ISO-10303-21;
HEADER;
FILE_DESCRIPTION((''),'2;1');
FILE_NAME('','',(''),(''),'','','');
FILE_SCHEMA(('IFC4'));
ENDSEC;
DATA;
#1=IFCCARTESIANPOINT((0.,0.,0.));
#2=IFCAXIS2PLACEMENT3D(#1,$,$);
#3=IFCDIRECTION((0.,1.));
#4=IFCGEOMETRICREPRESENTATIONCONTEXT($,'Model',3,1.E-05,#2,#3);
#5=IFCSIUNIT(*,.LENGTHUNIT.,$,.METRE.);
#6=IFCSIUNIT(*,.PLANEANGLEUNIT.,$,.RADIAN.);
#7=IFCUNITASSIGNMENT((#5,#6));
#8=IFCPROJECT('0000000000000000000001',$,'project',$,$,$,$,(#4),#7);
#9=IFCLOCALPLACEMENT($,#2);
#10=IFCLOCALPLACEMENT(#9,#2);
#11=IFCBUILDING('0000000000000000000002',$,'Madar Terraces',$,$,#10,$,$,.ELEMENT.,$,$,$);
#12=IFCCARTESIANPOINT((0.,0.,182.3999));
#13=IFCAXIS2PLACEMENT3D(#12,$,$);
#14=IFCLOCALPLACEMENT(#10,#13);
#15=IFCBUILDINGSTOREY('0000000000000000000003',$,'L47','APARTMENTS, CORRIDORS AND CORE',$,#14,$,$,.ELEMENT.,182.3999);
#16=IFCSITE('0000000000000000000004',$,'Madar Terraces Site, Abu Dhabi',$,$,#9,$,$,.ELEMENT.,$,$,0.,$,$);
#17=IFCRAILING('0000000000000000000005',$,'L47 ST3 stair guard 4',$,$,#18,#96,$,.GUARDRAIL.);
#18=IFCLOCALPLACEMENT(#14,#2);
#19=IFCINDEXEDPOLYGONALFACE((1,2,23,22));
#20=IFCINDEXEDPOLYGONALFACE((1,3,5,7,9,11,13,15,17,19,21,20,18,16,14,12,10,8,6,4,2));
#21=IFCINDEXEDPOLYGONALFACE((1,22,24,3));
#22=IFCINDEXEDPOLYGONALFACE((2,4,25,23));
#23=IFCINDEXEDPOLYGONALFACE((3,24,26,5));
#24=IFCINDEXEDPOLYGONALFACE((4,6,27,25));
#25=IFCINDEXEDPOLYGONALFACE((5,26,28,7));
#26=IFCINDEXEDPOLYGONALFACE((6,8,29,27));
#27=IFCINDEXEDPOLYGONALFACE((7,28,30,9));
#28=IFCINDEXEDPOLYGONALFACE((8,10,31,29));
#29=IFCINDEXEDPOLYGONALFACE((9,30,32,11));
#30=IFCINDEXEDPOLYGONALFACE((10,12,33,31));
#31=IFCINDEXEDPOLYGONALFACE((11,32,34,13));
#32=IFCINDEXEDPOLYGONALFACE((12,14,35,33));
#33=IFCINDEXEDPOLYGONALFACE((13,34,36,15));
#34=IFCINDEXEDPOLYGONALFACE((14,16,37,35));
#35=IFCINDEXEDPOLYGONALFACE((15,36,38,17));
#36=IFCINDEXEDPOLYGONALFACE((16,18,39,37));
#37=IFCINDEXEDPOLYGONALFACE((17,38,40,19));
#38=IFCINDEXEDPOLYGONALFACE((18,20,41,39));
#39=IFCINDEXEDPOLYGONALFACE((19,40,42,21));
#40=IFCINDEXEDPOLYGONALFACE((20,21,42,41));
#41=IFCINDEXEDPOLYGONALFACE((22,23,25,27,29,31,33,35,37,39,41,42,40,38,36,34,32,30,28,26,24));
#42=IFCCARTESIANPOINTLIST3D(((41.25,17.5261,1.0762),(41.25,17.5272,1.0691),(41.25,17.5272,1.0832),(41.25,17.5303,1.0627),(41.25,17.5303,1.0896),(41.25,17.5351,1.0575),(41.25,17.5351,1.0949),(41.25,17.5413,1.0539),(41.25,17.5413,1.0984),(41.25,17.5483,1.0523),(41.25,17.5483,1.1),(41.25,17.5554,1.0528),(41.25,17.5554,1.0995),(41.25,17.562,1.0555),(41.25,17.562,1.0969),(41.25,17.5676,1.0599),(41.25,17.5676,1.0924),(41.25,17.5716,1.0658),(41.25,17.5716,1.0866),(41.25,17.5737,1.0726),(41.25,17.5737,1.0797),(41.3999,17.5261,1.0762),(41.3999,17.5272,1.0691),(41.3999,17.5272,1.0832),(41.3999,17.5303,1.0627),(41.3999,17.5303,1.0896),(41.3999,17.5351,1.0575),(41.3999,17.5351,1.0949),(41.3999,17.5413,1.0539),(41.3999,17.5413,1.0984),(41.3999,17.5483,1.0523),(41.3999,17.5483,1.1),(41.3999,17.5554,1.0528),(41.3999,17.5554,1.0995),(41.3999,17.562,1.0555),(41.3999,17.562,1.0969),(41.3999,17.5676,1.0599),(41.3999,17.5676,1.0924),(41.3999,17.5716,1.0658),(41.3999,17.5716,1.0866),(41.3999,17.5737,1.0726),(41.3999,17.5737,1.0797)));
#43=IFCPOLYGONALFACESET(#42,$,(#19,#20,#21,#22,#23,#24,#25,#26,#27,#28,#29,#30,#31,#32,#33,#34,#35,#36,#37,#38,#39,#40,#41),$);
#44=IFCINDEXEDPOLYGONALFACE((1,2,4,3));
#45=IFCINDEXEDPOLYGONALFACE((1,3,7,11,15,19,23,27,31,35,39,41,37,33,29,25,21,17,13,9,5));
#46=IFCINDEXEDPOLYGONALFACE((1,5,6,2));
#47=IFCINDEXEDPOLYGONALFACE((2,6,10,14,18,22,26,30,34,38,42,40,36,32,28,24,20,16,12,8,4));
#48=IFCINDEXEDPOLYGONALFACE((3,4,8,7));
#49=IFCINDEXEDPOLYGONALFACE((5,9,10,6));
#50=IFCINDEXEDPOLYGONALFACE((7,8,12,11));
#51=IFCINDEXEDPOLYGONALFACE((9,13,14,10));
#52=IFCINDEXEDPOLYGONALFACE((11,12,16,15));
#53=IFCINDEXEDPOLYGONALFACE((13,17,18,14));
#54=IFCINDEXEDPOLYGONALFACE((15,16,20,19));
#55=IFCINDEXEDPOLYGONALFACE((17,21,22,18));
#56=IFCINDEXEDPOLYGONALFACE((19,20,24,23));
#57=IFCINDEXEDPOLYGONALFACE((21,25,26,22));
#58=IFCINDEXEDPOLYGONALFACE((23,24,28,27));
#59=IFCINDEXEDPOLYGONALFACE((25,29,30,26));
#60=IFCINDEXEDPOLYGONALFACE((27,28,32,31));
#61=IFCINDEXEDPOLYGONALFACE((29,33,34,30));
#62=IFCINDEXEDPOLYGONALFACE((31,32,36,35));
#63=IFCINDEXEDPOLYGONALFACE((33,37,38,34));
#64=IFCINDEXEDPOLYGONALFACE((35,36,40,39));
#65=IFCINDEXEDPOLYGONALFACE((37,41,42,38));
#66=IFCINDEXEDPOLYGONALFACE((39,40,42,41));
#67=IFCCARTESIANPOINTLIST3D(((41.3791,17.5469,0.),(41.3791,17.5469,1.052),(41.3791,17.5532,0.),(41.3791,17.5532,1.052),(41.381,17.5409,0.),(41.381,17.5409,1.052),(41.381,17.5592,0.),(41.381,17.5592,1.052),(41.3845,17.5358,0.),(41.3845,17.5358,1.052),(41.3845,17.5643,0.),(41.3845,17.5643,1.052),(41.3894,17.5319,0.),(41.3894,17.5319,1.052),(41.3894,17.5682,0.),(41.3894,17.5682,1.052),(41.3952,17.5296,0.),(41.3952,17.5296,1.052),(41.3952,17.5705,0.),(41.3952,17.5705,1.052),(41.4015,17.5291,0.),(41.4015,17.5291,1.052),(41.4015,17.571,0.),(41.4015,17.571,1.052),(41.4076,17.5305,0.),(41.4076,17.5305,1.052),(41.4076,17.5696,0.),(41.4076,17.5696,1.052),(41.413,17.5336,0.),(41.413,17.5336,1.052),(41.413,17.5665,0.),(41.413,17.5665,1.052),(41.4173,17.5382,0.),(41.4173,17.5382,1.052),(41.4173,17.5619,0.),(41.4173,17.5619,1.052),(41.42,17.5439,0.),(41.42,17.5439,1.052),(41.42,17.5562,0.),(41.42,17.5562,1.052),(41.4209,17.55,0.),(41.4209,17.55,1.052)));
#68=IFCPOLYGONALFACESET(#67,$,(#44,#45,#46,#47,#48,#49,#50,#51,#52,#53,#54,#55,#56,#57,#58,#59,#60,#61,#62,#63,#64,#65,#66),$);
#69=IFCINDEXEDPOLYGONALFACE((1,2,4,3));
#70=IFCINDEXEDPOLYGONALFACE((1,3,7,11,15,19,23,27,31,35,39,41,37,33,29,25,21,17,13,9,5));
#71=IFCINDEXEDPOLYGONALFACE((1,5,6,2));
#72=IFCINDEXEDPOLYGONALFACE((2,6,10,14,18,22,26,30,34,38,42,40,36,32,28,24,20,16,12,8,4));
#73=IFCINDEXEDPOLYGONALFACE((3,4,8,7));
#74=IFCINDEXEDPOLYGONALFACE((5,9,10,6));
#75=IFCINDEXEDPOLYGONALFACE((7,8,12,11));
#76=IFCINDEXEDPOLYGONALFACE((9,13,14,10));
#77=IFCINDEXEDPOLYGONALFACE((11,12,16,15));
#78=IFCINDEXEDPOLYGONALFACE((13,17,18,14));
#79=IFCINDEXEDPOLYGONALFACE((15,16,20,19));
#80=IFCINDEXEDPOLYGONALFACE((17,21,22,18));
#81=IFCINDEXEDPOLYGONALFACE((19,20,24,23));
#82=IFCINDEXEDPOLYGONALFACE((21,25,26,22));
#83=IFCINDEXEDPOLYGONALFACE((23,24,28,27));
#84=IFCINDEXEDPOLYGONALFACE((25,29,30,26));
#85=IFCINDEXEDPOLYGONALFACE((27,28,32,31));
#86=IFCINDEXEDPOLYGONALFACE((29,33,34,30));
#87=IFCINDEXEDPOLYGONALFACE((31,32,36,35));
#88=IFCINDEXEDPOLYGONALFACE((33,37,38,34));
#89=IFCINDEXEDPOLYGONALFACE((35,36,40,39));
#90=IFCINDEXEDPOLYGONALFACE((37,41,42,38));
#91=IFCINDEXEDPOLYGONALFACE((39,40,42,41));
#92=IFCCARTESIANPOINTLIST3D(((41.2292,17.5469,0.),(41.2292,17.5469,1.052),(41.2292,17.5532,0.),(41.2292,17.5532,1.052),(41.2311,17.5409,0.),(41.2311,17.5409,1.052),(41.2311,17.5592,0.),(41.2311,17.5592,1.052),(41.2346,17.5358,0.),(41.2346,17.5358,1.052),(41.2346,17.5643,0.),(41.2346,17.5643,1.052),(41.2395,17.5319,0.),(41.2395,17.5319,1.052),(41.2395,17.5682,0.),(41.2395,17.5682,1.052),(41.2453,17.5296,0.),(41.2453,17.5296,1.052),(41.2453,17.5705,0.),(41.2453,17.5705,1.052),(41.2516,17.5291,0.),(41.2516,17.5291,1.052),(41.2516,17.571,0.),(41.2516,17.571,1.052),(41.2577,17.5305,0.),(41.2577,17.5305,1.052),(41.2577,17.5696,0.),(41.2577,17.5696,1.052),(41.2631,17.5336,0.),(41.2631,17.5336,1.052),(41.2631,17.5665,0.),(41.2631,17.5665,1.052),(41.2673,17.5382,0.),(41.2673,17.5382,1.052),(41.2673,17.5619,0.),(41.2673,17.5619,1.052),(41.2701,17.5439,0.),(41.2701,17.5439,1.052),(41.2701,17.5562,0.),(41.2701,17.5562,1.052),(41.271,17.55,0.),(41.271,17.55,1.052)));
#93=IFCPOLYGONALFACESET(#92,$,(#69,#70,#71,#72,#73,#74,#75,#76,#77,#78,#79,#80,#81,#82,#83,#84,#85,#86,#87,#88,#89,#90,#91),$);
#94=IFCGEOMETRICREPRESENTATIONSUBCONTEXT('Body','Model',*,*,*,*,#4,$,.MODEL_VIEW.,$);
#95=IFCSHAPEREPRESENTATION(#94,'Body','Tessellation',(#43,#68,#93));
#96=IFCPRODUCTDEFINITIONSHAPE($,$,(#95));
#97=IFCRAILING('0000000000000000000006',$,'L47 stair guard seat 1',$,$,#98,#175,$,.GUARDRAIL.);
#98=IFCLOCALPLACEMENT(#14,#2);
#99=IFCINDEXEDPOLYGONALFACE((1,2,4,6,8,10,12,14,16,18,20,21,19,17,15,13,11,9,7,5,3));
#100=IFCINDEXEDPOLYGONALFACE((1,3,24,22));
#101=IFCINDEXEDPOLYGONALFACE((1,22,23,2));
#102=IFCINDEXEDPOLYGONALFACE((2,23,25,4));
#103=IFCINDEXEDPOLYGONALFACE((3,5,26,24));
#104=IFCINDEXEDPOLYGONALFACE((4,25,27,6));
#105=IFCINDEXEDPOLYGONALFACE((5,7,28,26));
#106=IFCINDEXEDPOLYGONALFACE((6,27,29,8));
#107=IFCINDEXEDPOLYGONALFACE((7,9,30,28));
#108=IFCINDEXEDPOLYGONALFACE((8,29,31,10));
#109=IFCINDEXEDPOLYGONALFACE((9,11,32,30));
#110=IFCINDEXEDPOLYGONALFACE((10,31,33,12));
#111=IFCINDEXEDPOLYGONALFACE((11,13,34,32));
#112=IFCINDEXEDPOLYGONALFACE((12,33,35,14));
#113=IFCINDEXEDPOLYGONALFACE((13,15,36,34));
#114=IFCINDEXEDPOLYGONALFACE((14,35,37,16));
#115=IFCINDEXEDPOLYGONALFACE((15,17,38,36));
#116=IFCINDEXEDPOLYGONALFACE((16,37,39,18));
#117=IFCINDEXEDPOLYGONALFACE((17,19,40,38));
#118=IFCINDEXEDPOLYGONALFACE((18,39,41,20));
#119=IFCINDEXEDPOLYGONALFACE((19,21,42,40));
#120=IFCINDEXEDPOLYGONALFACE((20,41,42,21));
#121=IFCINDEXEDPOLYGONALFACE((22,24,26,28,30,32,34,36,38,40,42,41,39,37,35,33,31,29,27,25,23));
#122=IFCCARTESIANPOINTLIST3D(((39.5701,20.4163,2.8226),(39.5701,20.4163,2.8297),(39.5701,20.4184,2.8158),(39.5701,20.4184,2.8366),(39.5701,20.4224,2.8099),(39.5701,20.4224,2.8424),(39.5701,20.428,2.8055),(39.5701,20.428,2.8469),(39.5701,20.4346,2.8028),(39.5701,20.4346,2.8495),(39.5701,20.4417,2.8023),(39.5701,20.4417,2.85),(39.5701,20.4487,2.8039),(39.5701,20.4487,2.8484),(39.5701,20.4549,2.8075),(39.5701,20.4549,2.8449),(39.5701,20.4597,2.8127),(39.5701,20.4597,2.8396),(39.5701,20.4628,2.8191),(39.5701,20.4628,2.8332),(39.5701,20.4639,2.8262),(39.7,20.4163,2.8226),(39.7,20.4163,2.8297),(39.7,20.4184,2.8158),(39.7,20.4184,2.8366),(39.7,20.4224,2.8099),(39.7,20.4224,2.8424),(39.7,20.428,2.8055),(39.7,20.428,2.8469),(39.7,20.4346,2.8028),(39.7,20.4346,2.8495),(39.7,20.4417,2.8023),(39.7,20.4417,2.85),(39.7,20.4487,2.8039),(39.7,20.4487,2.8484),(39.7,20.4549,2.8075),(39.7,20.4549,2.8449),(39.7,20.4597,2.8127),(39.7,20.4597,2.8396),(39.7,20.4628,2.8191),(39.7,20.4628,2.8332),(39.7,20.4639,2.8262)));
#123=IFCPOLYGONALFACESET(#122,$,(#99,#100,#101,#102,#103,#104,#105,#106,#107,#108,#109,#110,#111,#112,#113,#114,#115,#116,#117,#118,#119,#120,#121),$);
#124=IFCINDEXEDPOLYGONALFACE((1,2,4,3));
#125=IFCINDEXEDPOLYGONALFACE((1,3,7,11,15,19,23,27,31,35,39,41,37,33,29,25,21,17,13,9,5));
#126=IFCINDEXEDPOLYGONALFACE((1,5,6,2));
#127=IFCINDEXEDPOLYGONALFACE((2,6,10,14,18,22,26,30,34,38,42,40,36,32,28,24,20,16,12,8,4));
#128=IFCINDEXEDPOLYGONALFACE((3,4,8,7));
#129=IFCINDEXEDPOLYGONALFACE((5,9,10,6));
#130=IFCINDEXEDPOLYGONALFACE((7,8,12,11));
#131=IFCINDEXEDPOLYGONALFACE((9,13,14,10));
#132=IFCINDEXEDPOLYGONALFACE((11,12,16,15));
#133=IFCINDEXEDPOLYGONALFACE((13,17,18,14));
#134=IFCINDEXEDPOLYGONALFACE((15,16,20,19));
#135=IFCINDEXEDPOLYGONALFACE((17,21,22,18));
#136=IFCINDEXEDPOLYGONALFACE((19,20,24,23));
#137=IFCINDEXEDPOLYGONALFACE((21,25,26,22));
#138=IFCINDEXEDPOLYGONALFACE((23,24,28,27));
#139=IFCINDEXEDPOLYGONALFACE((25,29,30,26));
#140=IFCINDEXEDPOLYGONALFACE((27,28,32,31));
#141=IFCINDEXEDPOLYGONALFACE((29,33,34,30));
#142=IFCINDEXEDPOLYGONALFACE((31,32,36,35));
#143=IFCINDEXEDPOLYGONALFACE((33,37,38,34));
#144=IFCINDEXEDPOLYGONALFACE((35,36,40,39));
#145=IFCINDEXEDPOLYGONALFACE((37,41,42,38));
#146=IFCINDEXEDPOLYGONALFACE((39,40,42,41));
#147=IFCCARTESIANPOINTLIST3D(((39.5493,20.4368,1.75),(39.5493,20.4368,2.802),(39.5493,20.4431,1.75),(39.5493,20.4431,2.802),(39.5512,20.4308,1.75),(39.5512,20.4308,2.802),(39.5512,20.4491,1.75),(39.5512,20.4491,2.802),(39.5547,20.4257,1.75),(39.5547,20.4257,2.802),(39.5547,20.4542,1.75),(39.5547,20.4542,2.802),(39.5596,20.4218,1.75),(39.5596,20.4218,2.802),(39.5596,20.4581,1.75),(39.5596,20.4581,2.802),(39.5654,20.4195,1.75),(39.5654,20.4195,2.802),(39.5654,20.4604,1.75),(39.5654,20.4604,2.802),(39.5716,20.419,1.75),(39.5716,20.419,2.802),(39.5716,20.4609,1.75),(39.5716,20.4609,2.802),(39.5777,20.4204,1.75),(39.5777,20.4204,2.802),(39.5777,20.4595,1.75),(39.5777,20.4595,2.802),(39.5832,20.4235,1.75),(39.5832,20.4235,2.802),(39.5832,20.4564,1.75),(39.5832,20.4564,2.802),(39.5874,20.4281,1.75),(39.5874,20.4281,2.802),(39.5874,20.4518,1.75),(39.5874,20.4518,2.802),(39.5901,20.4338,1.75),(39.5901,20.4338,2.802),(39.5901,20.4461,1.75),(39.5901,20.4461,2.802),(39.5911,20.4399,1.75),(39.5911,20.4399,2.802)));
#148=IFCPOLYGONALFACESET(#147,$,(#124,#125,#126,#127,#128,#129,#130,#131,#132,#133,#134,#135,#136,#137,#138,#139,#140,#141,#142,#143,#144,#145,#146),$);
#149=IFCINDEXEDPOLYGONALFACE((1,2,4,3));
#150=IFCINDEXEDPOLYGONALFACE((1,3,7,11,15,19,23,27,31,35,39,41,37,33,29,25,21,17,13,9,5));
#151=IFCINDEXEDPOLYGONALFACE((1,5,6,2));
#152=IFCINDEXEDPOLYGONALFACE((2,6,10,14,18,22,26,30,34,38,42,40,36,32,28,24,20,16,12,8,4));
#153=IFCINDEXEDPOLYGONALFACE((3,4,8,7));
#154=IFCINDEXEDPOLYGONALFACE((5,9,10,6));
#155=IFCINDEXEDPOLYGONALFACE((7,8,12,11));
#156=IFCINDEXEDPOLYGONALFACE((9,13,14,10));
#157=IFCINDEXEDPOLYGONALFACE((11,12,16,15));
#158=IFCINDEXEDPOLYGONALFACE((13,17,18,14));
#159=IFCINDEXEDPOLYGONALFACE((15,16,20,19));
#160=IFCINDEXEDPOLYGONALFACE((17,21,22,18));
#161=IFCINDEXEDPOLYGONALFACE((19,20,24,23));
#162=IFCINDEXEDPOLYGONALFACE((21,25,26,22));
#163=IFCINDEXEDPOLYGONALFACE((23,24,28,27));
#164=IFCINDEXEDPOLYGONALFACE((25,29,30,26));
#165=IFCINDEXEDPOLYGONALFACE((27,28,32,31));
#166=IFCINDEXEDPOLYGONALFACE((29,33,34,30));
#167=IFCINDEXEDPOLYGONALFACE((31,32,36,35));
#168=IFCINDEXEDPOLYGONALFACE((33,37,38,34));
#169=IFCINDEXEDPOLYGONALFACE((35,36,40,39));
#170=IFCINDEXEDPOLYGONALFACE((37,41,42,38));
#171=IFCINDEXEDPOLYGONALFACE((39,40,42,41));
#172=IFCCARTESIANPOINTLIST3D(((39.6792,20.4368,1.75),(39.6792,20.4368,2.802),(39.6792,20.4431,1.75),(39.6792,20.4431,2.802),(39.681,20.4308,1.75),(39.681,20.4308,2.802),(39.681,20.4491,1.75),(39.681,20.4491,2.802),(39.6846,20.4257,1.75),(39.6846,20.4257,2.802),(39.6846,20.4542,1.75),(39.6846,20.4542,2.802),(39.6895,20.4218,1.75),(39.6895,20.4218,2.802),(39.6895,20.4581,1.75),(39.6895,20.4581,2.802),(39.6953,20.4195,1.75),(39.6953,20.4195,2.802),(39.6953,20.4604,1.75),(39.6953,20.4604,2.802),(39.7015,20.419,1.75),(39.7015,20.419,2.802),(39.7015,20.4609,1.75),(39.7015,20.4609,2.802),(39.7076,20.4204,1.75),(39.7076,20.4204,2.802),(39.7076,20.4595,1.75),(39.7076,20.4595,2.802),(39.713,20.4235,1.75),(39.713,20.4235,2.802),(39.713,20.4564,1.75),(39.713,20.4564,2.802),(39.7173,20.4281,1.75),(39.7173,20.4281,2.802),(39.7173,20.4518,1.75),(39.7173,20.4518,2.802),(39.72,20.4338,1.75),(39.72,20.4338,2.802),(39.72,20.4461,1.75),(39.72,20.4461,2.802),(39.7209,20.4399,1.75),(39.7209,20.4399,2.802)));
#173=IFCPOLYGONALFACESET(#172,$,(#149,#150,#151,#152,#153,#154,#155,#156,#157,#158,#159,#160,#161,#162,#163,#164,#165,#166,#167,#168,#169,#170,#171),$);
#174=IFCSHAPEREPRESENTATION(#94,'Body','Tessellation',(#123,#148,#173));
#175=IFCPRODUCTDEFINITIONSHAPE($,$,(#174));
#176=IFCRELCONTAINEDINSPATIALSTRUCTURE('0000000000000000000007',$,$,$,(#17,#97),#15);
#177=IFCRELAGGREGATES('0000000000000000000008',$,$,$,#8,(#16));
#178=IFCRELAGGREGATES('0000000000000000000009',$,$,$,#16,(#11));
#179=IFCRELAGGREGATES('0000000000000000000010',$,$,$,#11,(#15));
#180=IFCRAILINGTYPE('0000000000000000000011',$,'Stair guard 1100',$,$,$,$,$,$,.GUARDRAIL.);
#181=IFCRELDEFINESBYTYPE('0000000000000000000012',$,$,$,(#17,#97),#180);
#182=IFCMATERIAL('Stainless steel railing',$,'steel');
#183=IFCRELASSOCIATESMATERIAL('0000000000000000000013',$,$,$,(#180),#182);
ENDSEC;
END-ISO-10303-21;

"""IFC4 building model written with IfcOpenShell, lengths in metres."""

from ifc_helpers import new_model, si_unit, direction, frame, origin, origin_2d, place, context, subcontext, project, spatial, circle, extrude, material, type_object, element, save


model = new_model("IFC4")

# Units and contexts
model_context = context("Model", 3, precision=1e-05, world=origin(), true_north=direction((0.0, 1.0)))
body_context = subcontext(model_context, "Body", "Model", "MODEL_VIEW")
ifc_project = project(units=[si_unit("LENGTHUNIT", "METRE"), si_unit("PLANEANGLEUNIT", "RADIAN")], contexts=[model_context])

# Site, building, storey
site_placement = place(None, origin())
site = spatial("IfcSite", under=ifc_project, at=site_placement, Name="Madar Terraces Site, Abu Dhabi", CompositionType="ELEMENT", RefElevation=0.0)
building_placement = place(site_placement, origin())
building = spatial("IfcBuilding", under=site, at=building_placement, Name="Madar Terraces", CompositionType="ELEMENT")
storey_placement = place(building_placement, frame((0.0, 0.0, 182.3999)))
storey = spatial("IfcBuildingStorey", under=building, at=storey_placement, Name="L47", Description="APARTMENTS, CORRIDORS AND CORE", CompositionType="ELEMENT", Elevation=182.3999)

# Railings
ifc_material_1 = material(Name="Stainless steel railing", Category="steel")
railing_type_1 = type_object("IfcRailingType", Name="Stair guard 1100", PredefinedType="GUARDRAIL", material=ifc_material_1)
railing_1_placement = place(storey_placement, frame((41.3999, 17.55, 0.0)))
element("IfcRailing", 1, at=railing_1_placement, inside=storey, type_object=railing_type_1, Name="L47 ST3 stair guard 4", PredefinedType="GUARDRAIL", context=body_context, shape_type="SweptSolid", body=[
    extrude(circle(Radius=0.0239, at=origin_2d()), frame((0.0, 0.0, 1.0762), z_axis=(-1.0, 0.0, 0.0), x_axis=(0.0, -1.0, 0.0)), (0.0, 0.0, 1.0), 0.1499),
    extrude(circle(Radius=0.021, at=origin_2d()), origin(), (0.0, 0.0, 1.0), 1.052),
    extrude(circle(Radius=0.021, at=origin_2d()), frame((-0.1499, 0.0, 0.0)), (0.0, 0.0, 1.0), 1.052),
])
railing_2_placement = place(storey_placement, frame((39.5701, 20.4399, 1.75)))
element("IfcRailing", 2, at=railing_2_placement, inside=storey, type_object=railing_type_1, Name="L47 stair guard seat 1", PredefinedType="GUARDRAIL", context=body_context, shape_type="SweptSolid", body=[
    extrude(circle(Radius=0.0239, at=origin_2d()), frame((0.0, 0.0, 1.0762), z_axis=(1.0, 0.0, 0.0), x_axis=(0.0, 1.0, 0.0)), (0.0, 0.0, 1.0), 0.1299),
    extrude(circle(Radius=0.021, at=origin_2d()), origin(), (0.0, 0.0, 1.0), 1.052),
    extrude(circle(Radius=0.021, at=origin_2d()), frame((0.1299, 0.0, 0.0)), (0.0, 0.0, 1.0), 1.052),
])

save(model, "model.ifc")
